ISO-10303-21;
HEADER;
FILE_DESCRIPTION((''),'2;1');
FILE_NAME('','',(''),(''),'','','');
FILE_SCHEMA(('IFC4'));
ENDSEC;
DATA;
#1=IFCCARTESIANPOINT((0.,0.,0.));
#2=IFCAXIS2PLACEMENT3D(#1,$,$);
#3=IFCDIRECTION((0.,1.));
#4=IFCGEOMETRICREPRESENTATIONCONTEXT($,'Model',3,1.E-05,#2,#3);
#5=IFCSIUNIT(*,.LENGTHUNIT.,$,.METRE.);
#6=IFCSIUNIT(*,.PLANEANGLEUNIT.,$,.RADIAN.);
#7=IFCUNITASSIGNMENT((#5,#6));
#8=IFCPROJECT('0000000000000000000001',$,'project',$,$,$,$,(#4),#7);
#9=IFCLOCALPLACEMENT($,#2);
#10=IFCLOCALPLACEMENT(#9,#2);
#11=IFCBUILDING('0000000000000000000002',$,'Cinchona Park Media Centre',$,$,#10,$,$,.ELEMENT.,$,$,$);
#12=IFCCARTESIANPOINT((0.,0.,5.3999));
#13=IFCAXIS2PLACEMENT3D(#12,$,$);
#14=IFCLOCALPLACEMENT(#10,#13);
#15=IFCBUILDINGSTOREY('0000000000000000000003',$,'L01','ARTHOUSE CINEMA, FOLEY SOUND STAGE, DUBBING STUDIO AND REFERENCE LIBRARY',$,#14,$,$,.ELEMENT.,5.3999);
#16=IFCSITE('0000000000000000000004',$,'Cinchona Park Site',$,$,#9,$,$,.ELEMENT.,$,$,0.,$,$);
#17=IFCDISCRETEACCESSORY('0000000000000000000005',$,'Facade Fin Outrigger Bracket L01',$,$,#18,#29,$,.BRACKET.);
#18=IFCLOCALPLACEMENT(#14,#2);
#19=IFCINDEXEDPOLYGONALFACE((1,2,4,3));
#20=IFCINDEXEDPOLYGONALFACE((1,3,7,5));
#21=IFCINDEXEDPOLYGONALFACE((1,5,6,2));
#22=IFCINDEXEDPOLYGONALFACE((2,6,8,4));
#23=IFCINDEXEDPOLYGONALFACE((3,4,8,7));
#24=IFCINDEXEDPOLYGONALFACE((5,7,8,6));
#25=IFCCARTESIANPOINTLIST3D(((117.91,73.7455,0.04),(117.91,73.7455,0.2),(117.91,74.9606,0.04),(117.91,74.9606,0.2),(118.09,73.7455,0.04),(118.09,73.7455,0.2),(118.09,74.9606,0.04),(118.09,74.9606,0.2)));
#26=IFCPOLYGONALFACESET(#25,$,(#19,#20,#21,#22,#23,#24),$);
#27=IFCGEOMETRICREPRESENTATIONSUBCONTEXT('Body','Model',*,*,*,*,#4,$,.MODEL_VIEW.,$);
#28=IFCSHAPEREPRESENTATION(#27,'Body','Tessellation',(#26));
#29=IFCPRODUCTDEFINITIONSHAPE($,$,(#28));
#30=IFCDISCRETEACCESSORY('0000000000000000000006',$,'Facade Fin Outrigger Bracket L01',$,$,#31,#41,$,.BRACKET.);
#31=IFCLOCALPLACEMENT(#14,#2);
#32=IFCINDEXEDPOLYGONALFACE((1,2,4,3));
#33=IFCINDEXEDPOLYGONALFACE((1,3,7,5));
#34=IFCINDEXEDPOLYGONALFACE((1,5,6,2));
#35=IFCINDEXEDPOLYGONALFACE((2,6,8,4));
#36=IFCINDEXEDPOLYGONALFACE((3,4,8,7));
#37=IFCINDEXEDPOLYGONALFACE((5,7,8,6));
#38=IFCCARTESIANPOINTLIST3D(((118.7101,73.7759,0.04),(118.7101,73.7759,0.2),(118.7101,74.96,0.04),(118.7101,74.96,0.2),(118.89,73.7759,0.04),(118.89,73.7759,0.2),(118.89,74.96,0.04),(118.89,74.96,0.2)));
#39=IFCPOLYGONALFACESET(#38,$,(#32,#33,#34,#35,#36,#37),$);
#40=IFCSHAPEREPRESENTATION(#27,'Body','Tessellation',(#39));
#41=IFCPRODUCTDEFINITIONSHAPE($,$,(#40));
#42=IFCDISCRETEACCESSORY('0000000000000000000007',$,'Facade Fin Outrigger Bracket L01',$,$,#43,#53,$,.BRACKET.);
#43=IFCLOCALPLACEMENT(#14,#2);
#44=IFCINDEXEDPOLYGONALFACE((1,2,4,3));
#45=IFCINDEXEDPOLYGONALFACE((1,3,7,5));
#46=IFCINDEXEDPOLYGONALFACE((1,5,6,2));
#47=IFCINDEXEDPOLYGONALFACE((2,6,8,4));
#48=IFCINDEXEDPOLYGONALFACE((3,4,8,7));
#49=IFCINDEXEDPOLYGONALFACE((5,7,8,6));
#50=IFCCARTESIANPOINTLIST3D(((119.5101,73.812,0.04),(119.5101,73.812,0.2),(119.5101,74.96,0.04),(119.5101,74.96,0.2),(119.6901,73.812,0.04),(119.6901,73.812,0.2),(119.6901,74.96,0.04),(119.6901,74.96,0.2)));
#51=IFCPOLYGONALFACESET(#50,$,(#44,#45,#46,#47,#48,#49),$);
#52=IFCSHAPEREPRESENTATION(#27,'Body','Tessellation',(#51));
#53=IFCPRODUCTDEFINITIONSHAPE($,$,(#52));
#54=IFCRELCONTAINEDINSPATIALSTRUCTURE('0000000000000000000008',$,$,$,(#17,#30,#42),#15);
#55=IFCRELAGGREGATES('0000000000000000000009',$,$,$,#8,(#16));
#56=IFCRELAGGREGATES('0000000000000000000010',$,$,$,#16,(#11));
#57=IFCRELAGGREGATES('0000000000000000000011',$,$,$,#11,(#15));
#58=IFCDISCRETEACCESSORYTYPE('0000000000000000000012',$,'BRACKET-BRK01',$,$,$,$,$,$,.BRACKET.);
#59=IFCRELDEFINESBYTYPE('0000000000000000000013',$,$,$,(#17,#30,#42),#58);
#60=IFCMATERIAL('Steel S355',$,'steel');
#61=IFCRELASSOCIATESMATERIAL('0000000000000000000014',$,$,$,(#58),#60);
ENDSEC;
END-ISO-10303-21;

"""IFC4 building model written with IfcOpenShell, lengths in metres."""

from ifc_helpers import new_model, si_unit, direction, frame, origin, origin_2d, place, context, subcontext, project, spatial, rectangle, extrude, material, type_object, element, save


model = new_model("IFC4")

# Units and contexts
model_context = context("Model", 3, precision=1e-05, world=origin(), true_north=direction((0.0, 1.0)))
body_context = subcontext(model_context, "Body", "Model", "MODEL_VIEW")
ifc_project = project(units=[si_unit("LENGTHUNIT", "METRE"), si_unit("PLANEANGLEUNIT", "RADIAN")], contexts=[model_context])

# Site, building, storey
site_placement = place(None, origin())
site = spatial("IfcSite", under=ifc_project, at=site_placement, Name="Cinchona Park Site", CompositionType="ELEMENT", RefElevation=0.0)
building_placement = place(site_placement, origin())
building = spatial("IfcBuilding", under=site, at=building_placement, Name="Cinchona Park Media Centre", CompositionType="ELEMENT")
storey_placement = place(building_placement, frame((0.0, 0.0, 5.3999)))
storey = spatial("IfcBuildingStorey", under=building, at=storey_placement, Name="L01", Description="ARTHOUSE CINEMA, FOLEY SOUND STAGE, DUBBING STUDIO AND REFERENCE LIBRARY", CompositionType="ELEMENT", Elevation=5.3999)

# Discrete accessories
ifc_material_1 = material(Name="Steel S355", Category="steel")
discrete_accessory_type = type_object("IfcDiscreteAccessoryType", Name="BRACKET-BRK01", PredefinedType="BRACKET", material=ifc_material_1)
discrete_accessory_1_placement = place(storey_placement, frame((118.0, 74.353, 0.04), z_axis=(0.0, 0.0, 1.0), x_axis=(1.0, 0.0, 0.0)))
element("IfcDiscreteAccessory", 1, at=discrete_accessory_1_placement, inside=storey, type_object=discrete_accessory_type, Name="Facade Fin Outrigger Bracket L01", PredefinedType="BRACKET", context=body_context, shape_type="SweptSolid", body=[
    extrude(rectangle(XDim=0.1799, YDim=1.2151, at=origin_2d()), origin(), (0.0, 0.0, 1.0), 0.1599),
])
discrete_accessory_2_placement = place(storey_placement, frame((118.8, 74.3679, 0.04), z_axis=(0.0, 0.0, 1.0), x_axis=(1.0, 0.0, 0.0)))
element("IfcDiscreteAccessory", 2, at=discrete_accessory_2_placement, inside=storey, type_object=discrete_accessory_type, Name="Facade Fin Outrigger Bracket L01", PredefinedType="BRACKET", context=body_context, shape_type="SweptSolid", body=[
    extrude(rectangle(XDim=0.1799, YDim=1.1841, at=origin_2d()), origin(), (0.0, 0.0, 1.0), 0.1599),
])
discrete_accessory_3_placement = place(storey_placement, frame((119.6001, 74.386, 0.04), z_axis=(0.0, 0.0, 1.0), x_axis=(1.0, 0.0, 0.0)))
element("IfcDiscreteAccessory", 3, at=discrete_accessory_3_placement, inside=storey, type_object=discrete_accessory_type, Name="Facade Fin Outrigger Bracket L01", PredefinedType="BRACKET", context=body_context, shape_type="SweptSolid", body=[
    extrude(rectangle(XDim=0.1799, YDim=1.1479, at=origin_2d()), origin(), (0.0, 0.0, 1.0), 0.1599),
])

save(model, "model.ifc")
